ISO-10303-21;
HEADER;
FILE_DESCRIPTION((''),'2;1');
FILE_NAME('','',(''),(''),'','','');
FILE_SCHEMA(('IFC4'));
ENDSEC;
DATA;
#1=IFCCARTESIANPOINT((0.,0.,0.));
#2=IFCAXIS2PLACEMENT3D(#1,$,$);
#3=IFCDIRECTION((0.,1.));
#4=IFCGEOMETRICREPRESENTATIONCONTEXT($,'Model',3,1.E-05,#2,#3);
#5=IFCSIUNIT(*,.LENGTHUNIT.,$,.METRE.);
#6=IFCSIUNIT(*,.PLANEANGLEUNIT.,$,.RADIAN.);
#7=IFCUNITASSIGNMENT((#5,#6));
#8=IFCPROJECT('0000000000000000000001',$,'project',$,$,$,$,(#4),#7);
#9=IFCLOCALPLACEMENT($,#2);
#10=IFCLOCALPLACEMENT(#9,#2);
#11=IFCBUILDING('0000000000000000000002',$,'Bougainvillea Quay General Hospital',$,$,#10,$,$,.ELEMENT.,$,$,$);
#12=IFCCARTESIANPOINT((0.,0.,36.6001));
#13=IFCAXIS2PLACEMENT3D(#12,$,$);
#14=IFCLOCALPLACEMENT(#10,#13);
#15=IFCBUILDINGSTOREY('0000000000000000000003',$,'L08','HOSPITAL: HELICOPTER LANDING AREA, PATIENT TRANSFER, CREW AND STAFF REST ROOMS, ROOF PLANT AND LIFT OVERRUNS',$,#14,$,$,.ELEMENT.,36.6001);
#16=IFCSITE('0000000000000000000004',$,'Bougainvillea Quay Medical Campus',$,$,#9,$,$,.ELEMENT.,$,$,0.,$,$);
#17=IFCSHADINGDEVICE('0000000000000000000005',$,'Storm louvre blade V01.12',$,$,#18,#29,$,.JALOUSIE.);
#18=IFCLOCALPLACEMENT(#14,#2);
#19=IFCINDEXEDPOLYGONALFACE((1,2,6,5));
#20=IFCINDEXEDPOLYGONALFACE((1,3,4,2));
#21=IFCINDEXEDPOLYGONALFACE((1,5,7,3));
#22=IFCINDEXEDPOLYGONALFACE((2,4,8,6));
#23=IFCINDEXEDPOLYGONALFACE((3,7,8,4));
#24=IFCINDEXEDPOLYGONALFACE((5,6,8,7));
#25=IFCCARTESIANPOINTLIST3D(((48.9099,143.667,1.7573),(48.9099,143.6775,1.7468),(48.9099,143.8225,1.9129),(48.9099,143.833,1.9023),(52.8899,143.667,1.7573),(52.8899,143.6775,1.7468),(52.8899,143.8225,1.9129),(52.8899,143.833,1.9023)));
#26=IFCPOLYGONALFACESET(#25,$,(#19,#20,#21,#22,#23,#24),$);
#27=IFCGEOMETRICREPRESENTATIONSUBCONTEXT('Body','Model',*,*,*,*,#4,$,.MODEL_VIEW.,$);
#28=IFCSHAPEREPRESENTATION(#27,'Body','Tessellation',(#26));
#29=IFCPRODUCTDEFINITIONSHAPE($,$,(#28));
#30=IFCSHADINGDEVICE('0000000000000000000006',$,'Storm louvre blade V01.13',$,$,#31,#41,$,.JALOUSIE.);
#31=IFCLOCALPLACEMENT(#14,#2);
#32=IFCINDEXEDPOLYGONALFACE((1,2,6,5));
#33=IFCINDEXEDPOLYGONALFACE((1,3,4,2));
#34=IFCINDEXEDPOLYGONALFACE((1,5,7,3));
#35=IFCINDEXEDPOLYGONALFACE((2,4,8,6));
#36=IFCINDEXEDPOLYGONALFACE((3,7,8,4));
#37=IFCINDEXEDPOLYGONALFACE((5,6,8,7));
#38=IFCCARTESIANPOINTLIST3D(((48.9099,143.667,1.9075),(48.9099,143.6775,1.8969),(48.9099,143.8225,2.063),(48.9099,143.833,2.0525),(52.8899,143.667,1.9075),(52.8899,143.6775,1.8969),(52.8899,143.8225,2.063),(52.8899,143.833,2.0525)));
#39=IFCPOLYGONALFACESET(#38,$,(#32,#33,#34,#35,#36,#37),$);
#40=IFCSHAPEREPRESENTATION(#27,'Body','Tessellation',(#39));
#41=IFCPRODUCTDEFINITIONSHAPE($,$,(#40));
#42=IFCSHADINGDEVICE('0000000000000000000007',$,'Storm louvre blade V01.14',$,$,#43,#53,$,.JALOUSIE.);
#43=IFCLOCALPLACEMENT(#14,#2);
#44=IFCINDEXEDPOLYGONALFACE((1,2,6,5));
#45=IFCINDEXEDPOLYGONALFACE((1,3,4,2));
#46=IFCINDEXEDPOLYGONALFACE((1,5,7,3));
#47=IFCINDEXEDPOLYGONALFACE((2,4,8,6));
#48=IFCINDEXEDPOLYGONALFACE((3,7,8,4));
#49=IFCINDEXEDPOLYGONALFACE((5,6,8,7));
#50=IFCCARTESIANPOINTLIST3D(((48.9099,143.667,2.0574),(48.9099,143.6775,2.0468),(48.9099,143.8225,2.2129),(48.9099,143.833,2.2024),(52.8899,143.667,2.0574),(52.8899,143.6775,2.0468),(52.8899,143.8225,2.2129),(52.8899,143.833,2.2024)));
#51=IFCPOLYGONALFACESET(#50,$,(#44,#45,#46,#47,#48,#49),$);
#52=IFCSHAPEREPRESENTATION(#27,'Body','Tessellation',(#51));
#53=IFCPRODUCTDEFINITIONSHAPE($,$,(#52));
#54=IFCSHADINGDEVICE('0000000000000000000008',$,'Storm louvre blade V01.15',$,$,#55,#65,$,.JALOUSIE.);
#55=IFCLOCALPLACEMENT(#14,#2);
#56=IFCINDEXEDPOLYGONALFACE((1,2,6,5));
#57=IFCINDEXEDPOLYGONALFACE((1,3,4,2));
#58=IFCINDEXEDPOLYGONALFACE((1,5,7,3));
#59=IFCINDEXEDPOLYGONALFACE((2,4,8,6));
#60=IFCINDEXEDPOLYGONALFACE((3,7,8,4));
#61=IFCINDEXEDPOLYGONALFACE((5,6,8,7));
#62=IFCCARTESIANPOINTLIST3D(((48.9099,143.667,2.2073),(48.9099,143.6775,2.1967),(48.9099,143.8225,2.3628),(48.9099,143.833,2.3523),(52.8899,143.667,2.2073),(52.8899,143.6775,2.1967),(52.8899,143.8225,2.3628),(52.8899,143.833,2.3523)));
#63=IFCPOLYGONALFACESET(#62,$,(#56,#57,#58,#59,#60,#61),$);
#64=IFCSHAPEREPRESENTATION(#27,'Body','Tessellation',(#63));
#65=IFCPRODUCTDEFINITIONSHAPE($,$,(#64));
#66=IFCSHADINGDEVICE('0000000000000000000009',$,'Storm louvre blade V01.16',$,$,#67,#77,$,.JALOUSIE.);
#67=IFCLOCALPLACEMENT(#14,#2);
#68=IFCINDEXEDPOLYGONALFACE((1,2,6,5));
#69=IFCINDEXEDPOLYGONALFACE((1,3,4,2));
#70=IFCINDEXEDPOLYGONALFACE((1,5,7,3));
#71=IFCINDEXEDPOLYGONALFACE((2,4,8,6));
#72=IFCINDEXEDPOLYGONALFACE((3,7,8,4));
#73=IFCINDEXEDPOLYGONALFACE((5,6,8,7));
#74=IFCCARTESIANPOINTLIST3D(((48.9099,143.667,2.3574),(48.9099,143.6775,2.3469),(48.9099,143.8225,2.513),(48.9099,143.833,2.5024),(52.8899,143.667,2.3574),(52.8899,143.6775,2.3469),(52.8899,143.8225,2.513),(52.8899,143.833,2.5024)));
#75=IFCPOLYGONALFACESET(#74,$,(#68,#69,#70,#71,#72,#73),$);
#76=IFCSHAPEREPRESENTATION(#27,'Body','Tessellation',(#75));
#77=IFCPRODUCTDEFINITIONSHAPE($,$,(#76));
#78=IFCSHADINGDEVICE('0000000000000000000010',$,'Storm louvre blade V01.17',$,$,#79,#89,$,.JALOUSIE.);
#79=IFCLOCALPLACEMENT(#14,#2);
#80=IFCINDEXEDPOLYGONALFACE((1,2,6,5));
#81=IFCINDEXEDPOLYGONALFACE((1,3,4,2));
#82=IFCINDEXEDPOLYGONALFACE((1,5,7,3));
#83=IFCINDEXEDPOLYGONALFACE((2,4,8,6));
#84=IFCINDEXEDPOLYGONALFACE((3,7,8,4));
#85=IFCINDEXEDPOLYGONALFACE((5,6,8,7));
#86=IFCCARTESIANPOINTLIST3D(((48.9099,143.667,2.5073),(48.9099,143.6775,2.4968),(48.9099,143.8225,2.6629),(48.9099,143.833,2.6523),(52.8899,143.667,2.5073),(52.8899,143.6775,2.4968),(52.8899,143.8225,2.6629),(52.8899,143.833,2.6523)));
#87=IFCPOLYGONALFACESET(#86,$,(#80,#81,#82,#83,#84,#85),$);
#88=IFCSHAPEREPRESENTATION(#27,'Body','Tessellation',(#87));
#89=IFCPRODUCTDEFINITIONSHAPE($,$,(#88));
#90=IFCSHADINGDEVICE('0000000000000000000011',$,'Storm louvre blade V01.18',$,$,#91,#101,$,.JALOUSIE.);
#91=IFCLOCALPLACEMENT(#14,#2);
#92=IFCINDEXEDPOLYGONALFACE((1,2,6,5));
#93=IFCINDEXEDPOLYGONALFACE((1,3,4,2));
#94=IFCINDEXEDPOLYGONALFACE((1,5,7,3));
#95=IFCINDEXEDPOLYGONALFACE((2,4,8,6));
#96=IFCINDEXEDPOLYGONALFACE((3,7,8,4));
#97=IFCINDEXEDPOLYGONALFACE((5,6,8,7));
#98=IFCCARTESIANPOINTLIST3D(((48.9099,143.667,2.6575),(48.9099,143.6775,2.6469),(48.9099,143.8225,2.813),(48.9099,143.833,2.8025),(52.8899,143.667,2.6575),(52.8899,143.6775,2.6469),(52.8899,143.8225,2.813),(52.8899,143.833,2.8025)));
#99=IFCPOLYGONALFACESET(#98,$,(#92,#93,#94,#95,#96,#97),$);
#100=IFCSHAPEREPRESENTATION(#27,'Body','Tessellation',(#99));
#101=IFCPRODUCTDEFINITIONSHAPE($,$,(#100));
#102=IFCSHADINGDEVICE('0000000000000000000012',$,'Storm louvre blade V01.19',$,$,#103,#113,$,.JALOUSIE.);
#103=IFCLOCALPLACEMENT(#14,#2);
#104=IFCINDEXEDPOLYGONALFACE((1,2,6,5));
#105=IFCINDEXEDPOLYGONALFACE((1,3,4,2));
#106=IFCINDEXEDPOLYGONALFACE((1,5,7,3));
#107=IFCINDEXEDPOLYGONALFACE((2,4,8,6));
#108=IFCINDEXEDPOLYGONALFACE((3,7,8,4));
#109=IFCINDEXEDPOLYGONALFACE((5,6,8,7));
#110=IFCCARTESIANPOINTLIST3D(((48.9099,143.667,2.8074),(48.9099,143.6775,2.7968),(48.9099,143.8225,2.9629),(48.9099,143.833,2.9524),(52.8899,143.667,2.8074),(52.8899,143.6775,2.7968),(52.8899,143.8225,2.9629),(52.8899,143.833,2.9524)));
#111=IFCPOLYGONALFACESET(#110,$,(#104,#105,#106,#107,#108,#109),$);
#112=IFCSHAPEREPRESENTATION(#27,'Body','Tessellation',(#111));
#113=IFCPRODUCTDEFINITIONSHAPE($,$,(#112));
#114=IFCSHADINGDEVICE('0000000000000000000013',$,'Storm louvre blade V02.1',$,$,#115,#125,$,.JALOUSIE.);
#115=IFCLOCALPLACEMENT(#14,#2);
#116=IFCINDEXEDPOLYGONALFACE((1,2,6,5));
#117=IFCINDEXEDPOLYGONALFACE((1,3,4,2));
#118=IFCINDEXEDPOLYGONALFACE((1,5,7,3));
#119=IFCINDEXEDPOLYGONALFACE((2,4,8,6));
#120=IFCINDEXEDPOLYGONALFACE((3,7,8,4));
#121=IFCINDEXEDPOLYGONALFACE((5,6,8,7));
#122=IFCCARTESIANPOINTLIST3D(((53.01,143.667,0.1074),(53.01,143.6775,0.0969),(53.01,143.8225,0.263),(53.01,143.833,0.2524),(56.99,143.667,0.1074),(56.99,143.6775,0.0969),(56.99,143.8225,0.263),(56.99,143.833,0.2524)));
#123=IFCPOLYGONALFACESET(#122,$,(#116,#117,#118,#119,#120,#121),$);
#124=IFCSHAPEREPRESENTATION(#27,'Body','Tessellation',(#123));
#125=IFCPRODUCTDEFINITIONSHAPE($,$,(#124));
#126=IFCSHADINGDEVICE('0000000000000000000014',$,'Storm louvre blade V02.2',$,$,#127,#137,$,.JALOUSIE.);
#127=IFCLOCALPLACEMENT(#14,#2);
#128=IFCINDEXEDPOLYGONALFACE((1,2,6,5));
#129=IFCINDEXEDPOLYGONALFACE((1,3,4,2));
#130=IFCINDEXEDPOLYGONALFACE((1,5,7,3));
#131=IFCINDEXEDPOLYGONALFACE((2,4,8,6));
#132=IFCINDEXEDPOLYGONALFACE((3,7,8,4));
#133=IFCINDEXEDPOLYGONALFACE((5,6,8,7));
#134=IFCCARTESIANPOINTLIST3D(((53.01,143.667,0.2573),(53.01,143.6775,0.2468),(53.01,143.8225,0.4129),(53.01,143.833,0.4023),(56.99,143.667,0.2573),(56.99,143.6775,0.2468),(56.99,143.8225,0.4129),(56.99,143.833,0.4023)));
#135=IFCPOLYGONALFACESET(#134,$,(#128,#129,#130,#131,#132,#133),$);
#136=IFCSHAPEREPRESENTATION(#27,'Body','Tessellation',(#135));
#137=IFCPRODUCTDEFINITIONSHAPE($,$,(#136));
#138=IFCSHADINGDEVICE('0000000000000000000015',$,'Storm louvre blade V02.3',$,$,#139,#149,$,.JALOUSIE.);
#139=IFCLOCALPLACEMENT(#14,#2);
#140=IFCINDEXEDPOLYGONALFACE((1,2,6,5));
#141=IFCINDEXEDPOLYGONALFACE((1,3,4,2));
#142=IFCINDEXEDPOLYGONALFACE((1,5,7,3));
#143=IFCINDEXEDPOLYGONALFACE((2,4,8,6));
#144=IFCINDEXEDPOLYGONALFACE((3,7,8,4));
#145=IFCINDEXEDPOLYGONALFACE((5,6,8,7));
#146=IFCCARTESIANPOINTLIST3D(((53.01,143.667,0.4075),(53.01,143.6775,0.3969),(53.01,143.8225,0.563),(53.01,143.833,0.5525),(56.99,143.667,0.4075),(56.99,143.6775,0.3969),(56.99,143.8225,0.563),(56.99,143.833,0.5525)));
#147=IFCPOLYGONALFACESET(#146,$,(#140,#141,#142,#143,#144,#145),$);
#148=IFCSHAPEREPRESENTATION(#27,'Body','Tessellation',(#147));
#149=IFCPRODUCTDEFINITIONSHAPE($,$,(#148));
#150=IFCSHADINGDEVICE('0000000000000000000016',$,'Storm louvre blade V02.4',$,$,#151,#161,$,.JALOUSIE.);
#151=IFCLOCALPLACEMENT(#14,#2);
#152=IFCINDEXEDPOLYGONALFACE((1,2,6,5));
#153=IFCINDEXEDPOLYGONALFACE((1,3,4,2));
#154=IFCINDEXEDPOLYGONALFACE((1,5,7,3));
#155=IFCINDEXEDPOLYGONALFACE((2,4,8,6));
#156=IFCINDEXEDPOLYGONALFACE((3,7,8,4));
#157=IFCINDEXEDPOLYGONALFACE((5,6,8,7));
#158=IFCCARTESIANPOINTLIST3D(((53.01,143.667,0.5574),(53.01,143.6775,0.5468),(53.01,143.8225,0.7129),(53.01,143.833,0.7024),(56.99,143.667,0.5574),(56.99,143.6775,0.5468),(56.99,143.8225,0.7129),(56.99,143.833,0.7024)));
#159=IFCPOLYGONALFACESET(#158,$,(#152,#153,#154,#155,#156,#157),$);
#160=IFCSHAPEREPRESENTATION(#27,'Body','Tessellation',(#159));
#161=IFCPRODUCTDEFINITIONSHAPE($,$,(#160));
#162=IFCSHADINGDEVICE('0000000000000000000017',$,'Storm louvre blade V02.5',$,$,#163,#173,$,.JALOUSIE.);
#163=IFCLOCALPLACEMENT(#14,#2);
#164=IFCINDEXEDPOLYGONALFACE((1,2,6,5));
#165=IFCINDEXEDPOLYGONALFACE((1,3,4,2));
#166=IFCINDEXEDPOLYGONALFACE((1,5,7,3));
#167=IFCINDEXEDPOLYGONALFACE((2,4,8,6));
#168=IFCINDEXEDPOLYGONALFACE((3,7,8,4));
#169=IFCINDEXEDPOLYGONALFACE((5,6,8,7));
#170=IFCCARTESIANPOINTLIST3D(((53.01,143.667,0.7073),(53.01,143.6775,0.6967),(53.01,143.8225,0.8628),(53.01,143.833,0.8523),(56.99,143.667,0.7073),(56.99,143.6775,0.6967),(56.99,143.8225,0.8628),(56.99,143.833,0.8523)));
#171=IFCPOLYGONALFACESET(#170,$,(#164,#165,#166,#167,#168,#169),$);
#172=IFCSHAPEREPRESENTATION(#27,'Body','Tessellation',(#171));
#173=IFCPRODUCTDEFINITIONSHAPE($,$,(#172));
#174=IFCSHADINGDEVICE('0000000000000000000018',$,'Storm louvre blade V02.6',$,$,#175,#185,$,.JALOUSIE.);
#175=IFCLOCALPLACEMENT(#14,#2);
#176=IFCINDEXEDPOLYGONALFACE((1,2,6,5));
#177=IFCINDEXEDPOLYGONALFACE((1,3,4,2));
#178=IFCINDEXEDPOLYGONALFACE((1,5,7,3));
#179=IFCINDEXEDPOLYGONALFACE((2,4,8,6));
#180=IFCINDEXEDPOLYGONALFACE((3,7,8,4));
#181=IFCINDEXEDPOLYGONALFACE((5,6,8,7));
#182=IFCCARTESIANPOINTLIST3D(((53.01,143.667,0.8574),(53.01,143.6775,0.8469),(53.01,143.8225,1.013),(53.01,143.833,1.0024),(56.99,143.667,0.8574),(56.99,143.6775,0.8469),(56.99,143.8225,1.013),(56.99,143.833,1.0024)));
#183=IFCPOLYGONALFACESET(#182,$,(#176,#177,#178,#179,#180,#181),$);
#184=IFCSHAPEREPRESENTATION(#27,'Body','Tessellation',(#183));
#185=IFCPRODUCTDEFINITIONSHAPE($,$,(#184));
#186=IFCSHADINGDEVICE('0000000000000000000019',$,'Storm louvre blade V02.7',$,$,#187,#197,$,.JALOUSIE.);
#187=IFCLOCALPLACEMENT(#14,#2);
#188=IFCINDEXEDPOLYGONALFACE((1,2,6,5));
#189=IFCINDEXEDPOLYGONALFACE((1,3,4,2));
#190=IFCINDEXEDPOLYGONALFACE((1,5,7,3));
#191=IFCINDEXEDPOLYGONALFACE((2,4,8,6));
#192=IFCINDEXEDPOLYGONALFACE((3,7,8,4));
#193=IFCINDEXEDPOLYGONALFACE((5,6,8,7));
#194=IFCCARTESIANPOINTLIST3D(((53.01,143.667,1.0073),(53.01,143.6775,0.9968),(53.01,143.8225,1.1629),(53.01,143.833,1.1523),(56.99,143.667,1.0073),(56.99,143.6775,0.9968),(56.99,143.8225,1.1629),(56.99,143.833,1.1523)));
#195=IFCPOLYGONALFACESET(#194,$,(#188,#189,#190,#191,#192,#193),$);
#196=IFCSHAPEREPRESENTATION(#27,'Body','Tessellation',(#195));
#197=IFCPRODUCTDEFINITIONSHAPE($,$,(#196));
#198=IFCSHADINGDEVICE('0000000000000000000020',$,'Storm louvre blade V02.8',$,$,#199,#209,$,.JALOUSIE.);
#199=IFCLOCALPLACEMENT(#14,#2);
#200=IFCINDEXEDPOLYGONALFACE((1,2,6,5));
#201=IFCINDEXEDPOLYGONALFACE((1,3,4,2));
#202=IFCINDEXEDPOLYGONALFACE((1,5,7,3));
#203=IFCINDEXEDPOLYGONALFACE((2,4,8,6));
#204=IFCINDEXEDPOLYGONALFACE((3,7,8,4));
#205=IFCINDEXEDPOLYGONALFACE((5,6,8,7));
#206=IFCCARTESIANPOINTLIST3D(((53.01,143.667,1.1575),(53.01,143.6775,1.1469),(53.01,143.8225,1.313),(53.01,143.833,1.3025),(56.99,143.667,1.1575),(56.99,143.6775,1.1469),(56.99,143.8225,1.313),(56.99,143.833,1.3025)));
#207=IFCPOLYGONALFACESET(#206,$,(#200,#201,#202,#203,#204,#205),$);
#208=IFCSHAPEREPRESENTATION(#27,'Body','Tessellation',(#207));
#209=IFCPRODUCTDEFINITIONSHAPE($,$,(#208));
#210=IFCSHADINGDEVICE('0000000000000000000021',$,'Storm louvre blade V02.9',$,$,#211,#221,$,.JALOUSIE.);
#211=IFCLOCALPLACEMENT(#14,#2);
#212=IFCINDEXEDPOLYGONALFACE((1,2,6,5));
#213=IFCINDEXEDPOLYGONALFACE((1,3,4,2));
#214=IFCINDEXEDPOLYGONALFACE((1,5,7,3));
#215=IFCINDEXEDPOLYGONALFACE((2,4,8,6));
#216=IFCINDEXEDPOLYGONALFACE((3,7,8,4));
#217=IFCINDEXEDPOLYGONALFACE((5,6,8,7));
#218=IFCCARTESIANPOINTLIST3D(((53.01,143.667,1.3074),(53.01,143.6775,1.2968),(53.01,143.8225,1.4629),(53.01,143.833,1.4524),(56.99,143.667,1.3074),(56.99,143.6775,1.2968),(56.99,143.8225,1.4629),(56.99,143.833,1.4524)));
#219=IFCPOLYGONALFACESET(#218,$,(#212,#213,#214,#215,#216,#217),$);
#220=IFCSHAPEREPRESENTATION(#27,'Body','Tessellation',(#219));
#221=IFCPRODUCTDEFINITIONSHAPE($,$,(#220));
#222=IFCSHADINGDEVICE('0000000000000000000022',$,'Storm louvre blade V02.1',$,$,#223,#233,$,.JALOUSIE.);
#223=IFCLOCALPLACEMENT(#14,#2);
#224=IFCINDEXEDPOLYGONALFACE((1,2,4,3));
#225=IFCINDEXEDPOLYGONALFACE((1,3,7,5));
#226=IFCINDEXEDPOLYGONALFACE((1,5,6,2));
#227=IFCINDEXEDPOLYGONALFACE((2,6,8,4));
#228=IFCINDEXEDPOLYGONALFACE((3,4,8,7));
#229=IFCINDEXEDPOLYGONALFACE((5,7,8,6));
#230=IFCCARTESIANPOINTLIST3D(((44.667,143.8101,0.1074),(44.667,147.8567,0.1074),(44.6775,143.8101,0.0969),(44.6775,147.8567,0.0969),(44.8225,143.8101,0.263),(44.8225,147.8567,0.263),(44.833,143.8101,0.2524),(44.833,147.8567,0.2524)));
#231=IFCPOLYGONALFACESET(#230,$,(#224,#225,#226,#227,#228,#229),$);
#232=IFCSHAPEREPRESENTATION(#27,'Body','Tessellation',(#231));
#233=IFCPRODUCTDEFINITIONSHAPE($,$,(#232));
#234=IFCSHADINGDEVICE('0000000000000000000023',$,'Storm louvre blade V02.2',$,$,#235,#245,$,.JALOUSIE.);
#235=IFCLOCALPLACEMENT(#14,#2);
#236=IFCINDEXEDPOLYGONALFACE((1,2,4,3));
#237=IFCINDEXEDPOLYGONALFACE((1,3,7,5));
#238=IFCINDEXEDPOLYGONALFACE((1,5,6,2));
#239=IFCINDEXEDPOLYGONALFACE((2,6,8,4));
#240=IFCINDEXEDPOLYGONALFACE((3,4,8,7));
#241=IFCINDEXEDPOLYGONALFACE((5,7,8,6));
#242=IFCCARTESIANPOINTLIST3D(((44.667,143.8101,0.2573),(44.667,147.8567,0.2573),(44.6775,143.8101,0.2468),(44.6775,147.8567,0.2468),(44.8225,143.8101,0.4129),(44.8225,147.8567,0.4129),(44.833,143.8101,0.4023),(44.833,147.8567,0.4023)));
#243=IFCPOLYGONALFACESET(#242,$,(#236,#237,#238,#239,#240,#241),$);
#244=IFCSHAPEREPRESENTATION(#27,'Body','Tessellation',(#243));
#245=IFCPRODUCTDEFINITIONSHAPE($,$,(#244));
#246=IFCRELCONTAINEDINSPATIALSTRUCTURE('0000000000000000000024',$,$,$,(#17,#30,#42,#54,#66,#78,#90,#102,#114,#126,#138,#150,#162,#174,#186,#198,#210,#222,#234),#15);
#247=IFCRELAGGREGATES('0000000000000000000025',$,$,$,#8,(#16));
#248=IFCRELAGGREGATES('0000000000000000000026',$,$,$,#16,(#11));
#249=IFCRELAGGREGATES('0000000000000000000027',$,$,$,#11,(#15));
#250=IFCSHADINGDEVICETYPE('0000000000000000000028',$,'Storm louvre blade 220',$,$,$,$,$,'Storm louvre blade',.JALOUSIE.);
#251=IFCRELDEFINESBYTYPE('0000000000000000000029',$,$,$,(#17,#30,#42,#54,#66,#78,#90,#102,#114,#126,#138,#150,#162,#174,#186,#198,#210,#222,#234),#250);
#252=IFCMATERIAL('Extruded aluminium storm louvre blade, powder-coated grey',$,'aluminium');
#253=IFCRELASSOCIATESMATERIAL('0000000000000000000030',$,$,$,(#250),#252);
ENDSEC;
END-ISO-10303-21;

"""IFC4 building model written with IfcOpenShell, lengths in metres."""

from ifc_helpers import new_model, si_unit, direction, frame, origin, origin_2d, place, context, subcontext, project, spatial, rectangle, extrude, material, material_profile, profile_set, type_object, element, save


model = new_model("IFC4")

# Units and contexts
model_context = context("Model", 3, precision=1e-05, world=origin(), true_north=direction((0.0, 1.0)))
body_context = subcontext(model_context, "Body", "Model", "MODEL_VIEW")
ifc_project = project(units=[si_unit("LENGTHUNIT", "METRE"), si_unit("PLANEANGLEUNIT", "RADIAN")], contexts=[model_context])

# Site, building, storey
site_placement = place(None, origin())
site = spatial("IfcSite", under=ifc_project, at=site_placement, Name="Bougainvillea Quay Medical Campus", CompositionType="ELEMENT", RefElevation=0.0)
building_placement = place(site_placement, origin())
building = spatial("IfcBuilding", under=site, at=building_placement, Name="Bougainvillea Quay General Hospital", CompositionType="ELEMENT")
storey_placement = place(building_placement, frame((0.0, 0.0, 36.6001)))
storey = spatial("IfcBuildingStorey", under=building, at=storey_placement, Name="L08", Description="HOSPITAL: HELICOPTER LANDING AREA, PATIENT TRANSFER, CREW AND STAFF REST ROOMS, ROOF PLANT AND LIFT OVERRUNS", CompositionType="ELEMENT", Elevation=36.6001)

# Shading devices
ifc_material_1 = material(Name="Extruded aluminium storm louvre blade, powder-coated grey", Category="aluminium")
ifc_material_profile_1 = material_profile(ifc_material_1, rectangle(XDim=0.22, YDim=0.0149, at=origin_2d()))
ifc_profile_set_1 = profile_set([ifc_material_profile_1], Name="Extruded aluminium storm louvre blade, powder-coated grey")
shading_device_type_1 = type_object("IfcShadingDeviceType", Name="Storm louvre blade 220", ElementType="Storm louvre blade", PredefinedType="JALOUSIE", material=ifc_profile_set_1)
for number, where, z_axis, x_axis, name in (
    (1, (48.9099, 143.75, 1.8298), (1.0, 0.0, 0.0), (0.0, 0.707107, 0.707107), "Storm louvre blade V01.12"),
    (2, (48.9099, 143.75, 1.98), (1.0, 0.0, 0.0), (0.0, 0.707107, 0.707107), "Storm louvre blade V01.13"),
    (3, (48.9099, 143.75, 2.1299), (1.0, 0.0, 0.0), (0.0, 0.707107, 0.707107), "Storm louvre blade V01.14"),
    (4, (48.9099, 143.75, 2.2798), (1.0, 0.0, 0.0), (0.0, 0.707107, 0.707107), "Storm louvre blade V01.15"),
    (5, (48.9099, 143.75, 2.4299), (1.0, 0.0, 0.0), (0.0, 0.707107, 0.707107), "Storm louvre blade V01.16"),
    (6, (48.9099, 143.75, 2.5798), (1.0, 0.0, 0.0), (0.0, 0.707107, 0.707107), "Storm louvre blade V01.17"),
    (7, (48.9099, 143.75, 2.73), (1.0, 0.0, 0.0), (0.0, 0.707107, 0.707107), "Storm louvre blade V01.18"),
    (8, (48.9099, 143.75, 2.8799), (1.0, 0.0, 0.0), (0.0, 0.707107, 0.707107), "Storm louvre blade V01.19"),
    (9, (53.01, 143.75, 0.1799), (1.0, 0.0, 0.0), (0.0, 0.707107, 0.707107), "Storm louvre blade V02.1"),
    (10, (53.01, 143.75, 0.3298), (1.0, 0.0, 0.0), (0.0, 0.707107, 0.707107), "Storm louvre blade V02.2"),
    (11, (53.01, 143.75, 0.48), (1.0, 0.0, 0.0), (0.0, 0.707107, 0.707107), "Storm louvre blade V02.3"),
    (12, (53.01, 143.75, 0.6299), (1.0, 0.0, 0.0), (0.0, 0.707107, 0.707107), "Storm louvre blade V02.4"),
    (13, (53.01, 143.75, 0.7798), (1.0, 0.0, 0.0), (0.0, 0.707107, 0.707107), "Storm louvre blade V02.5"),
    (14, (53.01, 143.75, 0.9299), (1.0, 0.0, 0.0), (0.0, 0.707107, 0.707107), "Storm louvre blade V02.6"),
    (15, (53.01, 143.75, 1.0798), (1.0, 0.0, 0.0), (0.0, 0.707107, 0.707107), "Storm louvre blade V02.7"),
    (16, (53.01, 143.75, 1.23), (1.0, 0.0, 0.0), (0.0, 0.707107, 0.707107), "Storm louvre blade V02.8"),
    (17, (53.01, 143.75, 1.3799), (1.0, 0.0, 0.0), (0.0, 0.707107, 0.707107), "Storm louvre blade V02.9"),
):
    element("IfcShadingDevice", number, at=place(storey_placement, frame(where, z_axis=z_axis, x_axis=x_axis)), inside=storey, type_object=shading_device_type_1, Name=name, PredefinedType="JALOUSIE", context=body_context, shape_type="SweptSolid", body=[
        extrude(rectangle(XDim=0.22, YDim=0.0149, at=origin_2d()), origin(), (0.0, 0.0, 1.0), 3.98),
    ])
for number, where, z_axis, x_axis, name in (
    (18, (44.75, 147.8567, 0.1799), (0.0, -1.0, 0.0), (0.707107, 0.0, 0.707107), "Storm louvre blade V02.1"),
    (19, (44.75, 147.8567, 0.3298), (0.0, -1.0, 0.0), (0.707107, 0.0, 0.707107), "Storm louvre blade V02.2"),
):
    element("IfcShadingDevice", number, at=place(storey_placement, frame(where, z_axis=z_axis, x_axis=x_axis)), inside=storey, type_object=shading_device_type_1, Name=name, PredefinedType="JALOUSIE", context=body_context, shape_type="SweptSolid", body=[
        extrude(rectangle(XDim=0.22, YDim=0.0149, at=origin_2d()), origin(), (0.0, 0.0, 1.0), 4.0466),
    ])

save(model, "model.ifc")
